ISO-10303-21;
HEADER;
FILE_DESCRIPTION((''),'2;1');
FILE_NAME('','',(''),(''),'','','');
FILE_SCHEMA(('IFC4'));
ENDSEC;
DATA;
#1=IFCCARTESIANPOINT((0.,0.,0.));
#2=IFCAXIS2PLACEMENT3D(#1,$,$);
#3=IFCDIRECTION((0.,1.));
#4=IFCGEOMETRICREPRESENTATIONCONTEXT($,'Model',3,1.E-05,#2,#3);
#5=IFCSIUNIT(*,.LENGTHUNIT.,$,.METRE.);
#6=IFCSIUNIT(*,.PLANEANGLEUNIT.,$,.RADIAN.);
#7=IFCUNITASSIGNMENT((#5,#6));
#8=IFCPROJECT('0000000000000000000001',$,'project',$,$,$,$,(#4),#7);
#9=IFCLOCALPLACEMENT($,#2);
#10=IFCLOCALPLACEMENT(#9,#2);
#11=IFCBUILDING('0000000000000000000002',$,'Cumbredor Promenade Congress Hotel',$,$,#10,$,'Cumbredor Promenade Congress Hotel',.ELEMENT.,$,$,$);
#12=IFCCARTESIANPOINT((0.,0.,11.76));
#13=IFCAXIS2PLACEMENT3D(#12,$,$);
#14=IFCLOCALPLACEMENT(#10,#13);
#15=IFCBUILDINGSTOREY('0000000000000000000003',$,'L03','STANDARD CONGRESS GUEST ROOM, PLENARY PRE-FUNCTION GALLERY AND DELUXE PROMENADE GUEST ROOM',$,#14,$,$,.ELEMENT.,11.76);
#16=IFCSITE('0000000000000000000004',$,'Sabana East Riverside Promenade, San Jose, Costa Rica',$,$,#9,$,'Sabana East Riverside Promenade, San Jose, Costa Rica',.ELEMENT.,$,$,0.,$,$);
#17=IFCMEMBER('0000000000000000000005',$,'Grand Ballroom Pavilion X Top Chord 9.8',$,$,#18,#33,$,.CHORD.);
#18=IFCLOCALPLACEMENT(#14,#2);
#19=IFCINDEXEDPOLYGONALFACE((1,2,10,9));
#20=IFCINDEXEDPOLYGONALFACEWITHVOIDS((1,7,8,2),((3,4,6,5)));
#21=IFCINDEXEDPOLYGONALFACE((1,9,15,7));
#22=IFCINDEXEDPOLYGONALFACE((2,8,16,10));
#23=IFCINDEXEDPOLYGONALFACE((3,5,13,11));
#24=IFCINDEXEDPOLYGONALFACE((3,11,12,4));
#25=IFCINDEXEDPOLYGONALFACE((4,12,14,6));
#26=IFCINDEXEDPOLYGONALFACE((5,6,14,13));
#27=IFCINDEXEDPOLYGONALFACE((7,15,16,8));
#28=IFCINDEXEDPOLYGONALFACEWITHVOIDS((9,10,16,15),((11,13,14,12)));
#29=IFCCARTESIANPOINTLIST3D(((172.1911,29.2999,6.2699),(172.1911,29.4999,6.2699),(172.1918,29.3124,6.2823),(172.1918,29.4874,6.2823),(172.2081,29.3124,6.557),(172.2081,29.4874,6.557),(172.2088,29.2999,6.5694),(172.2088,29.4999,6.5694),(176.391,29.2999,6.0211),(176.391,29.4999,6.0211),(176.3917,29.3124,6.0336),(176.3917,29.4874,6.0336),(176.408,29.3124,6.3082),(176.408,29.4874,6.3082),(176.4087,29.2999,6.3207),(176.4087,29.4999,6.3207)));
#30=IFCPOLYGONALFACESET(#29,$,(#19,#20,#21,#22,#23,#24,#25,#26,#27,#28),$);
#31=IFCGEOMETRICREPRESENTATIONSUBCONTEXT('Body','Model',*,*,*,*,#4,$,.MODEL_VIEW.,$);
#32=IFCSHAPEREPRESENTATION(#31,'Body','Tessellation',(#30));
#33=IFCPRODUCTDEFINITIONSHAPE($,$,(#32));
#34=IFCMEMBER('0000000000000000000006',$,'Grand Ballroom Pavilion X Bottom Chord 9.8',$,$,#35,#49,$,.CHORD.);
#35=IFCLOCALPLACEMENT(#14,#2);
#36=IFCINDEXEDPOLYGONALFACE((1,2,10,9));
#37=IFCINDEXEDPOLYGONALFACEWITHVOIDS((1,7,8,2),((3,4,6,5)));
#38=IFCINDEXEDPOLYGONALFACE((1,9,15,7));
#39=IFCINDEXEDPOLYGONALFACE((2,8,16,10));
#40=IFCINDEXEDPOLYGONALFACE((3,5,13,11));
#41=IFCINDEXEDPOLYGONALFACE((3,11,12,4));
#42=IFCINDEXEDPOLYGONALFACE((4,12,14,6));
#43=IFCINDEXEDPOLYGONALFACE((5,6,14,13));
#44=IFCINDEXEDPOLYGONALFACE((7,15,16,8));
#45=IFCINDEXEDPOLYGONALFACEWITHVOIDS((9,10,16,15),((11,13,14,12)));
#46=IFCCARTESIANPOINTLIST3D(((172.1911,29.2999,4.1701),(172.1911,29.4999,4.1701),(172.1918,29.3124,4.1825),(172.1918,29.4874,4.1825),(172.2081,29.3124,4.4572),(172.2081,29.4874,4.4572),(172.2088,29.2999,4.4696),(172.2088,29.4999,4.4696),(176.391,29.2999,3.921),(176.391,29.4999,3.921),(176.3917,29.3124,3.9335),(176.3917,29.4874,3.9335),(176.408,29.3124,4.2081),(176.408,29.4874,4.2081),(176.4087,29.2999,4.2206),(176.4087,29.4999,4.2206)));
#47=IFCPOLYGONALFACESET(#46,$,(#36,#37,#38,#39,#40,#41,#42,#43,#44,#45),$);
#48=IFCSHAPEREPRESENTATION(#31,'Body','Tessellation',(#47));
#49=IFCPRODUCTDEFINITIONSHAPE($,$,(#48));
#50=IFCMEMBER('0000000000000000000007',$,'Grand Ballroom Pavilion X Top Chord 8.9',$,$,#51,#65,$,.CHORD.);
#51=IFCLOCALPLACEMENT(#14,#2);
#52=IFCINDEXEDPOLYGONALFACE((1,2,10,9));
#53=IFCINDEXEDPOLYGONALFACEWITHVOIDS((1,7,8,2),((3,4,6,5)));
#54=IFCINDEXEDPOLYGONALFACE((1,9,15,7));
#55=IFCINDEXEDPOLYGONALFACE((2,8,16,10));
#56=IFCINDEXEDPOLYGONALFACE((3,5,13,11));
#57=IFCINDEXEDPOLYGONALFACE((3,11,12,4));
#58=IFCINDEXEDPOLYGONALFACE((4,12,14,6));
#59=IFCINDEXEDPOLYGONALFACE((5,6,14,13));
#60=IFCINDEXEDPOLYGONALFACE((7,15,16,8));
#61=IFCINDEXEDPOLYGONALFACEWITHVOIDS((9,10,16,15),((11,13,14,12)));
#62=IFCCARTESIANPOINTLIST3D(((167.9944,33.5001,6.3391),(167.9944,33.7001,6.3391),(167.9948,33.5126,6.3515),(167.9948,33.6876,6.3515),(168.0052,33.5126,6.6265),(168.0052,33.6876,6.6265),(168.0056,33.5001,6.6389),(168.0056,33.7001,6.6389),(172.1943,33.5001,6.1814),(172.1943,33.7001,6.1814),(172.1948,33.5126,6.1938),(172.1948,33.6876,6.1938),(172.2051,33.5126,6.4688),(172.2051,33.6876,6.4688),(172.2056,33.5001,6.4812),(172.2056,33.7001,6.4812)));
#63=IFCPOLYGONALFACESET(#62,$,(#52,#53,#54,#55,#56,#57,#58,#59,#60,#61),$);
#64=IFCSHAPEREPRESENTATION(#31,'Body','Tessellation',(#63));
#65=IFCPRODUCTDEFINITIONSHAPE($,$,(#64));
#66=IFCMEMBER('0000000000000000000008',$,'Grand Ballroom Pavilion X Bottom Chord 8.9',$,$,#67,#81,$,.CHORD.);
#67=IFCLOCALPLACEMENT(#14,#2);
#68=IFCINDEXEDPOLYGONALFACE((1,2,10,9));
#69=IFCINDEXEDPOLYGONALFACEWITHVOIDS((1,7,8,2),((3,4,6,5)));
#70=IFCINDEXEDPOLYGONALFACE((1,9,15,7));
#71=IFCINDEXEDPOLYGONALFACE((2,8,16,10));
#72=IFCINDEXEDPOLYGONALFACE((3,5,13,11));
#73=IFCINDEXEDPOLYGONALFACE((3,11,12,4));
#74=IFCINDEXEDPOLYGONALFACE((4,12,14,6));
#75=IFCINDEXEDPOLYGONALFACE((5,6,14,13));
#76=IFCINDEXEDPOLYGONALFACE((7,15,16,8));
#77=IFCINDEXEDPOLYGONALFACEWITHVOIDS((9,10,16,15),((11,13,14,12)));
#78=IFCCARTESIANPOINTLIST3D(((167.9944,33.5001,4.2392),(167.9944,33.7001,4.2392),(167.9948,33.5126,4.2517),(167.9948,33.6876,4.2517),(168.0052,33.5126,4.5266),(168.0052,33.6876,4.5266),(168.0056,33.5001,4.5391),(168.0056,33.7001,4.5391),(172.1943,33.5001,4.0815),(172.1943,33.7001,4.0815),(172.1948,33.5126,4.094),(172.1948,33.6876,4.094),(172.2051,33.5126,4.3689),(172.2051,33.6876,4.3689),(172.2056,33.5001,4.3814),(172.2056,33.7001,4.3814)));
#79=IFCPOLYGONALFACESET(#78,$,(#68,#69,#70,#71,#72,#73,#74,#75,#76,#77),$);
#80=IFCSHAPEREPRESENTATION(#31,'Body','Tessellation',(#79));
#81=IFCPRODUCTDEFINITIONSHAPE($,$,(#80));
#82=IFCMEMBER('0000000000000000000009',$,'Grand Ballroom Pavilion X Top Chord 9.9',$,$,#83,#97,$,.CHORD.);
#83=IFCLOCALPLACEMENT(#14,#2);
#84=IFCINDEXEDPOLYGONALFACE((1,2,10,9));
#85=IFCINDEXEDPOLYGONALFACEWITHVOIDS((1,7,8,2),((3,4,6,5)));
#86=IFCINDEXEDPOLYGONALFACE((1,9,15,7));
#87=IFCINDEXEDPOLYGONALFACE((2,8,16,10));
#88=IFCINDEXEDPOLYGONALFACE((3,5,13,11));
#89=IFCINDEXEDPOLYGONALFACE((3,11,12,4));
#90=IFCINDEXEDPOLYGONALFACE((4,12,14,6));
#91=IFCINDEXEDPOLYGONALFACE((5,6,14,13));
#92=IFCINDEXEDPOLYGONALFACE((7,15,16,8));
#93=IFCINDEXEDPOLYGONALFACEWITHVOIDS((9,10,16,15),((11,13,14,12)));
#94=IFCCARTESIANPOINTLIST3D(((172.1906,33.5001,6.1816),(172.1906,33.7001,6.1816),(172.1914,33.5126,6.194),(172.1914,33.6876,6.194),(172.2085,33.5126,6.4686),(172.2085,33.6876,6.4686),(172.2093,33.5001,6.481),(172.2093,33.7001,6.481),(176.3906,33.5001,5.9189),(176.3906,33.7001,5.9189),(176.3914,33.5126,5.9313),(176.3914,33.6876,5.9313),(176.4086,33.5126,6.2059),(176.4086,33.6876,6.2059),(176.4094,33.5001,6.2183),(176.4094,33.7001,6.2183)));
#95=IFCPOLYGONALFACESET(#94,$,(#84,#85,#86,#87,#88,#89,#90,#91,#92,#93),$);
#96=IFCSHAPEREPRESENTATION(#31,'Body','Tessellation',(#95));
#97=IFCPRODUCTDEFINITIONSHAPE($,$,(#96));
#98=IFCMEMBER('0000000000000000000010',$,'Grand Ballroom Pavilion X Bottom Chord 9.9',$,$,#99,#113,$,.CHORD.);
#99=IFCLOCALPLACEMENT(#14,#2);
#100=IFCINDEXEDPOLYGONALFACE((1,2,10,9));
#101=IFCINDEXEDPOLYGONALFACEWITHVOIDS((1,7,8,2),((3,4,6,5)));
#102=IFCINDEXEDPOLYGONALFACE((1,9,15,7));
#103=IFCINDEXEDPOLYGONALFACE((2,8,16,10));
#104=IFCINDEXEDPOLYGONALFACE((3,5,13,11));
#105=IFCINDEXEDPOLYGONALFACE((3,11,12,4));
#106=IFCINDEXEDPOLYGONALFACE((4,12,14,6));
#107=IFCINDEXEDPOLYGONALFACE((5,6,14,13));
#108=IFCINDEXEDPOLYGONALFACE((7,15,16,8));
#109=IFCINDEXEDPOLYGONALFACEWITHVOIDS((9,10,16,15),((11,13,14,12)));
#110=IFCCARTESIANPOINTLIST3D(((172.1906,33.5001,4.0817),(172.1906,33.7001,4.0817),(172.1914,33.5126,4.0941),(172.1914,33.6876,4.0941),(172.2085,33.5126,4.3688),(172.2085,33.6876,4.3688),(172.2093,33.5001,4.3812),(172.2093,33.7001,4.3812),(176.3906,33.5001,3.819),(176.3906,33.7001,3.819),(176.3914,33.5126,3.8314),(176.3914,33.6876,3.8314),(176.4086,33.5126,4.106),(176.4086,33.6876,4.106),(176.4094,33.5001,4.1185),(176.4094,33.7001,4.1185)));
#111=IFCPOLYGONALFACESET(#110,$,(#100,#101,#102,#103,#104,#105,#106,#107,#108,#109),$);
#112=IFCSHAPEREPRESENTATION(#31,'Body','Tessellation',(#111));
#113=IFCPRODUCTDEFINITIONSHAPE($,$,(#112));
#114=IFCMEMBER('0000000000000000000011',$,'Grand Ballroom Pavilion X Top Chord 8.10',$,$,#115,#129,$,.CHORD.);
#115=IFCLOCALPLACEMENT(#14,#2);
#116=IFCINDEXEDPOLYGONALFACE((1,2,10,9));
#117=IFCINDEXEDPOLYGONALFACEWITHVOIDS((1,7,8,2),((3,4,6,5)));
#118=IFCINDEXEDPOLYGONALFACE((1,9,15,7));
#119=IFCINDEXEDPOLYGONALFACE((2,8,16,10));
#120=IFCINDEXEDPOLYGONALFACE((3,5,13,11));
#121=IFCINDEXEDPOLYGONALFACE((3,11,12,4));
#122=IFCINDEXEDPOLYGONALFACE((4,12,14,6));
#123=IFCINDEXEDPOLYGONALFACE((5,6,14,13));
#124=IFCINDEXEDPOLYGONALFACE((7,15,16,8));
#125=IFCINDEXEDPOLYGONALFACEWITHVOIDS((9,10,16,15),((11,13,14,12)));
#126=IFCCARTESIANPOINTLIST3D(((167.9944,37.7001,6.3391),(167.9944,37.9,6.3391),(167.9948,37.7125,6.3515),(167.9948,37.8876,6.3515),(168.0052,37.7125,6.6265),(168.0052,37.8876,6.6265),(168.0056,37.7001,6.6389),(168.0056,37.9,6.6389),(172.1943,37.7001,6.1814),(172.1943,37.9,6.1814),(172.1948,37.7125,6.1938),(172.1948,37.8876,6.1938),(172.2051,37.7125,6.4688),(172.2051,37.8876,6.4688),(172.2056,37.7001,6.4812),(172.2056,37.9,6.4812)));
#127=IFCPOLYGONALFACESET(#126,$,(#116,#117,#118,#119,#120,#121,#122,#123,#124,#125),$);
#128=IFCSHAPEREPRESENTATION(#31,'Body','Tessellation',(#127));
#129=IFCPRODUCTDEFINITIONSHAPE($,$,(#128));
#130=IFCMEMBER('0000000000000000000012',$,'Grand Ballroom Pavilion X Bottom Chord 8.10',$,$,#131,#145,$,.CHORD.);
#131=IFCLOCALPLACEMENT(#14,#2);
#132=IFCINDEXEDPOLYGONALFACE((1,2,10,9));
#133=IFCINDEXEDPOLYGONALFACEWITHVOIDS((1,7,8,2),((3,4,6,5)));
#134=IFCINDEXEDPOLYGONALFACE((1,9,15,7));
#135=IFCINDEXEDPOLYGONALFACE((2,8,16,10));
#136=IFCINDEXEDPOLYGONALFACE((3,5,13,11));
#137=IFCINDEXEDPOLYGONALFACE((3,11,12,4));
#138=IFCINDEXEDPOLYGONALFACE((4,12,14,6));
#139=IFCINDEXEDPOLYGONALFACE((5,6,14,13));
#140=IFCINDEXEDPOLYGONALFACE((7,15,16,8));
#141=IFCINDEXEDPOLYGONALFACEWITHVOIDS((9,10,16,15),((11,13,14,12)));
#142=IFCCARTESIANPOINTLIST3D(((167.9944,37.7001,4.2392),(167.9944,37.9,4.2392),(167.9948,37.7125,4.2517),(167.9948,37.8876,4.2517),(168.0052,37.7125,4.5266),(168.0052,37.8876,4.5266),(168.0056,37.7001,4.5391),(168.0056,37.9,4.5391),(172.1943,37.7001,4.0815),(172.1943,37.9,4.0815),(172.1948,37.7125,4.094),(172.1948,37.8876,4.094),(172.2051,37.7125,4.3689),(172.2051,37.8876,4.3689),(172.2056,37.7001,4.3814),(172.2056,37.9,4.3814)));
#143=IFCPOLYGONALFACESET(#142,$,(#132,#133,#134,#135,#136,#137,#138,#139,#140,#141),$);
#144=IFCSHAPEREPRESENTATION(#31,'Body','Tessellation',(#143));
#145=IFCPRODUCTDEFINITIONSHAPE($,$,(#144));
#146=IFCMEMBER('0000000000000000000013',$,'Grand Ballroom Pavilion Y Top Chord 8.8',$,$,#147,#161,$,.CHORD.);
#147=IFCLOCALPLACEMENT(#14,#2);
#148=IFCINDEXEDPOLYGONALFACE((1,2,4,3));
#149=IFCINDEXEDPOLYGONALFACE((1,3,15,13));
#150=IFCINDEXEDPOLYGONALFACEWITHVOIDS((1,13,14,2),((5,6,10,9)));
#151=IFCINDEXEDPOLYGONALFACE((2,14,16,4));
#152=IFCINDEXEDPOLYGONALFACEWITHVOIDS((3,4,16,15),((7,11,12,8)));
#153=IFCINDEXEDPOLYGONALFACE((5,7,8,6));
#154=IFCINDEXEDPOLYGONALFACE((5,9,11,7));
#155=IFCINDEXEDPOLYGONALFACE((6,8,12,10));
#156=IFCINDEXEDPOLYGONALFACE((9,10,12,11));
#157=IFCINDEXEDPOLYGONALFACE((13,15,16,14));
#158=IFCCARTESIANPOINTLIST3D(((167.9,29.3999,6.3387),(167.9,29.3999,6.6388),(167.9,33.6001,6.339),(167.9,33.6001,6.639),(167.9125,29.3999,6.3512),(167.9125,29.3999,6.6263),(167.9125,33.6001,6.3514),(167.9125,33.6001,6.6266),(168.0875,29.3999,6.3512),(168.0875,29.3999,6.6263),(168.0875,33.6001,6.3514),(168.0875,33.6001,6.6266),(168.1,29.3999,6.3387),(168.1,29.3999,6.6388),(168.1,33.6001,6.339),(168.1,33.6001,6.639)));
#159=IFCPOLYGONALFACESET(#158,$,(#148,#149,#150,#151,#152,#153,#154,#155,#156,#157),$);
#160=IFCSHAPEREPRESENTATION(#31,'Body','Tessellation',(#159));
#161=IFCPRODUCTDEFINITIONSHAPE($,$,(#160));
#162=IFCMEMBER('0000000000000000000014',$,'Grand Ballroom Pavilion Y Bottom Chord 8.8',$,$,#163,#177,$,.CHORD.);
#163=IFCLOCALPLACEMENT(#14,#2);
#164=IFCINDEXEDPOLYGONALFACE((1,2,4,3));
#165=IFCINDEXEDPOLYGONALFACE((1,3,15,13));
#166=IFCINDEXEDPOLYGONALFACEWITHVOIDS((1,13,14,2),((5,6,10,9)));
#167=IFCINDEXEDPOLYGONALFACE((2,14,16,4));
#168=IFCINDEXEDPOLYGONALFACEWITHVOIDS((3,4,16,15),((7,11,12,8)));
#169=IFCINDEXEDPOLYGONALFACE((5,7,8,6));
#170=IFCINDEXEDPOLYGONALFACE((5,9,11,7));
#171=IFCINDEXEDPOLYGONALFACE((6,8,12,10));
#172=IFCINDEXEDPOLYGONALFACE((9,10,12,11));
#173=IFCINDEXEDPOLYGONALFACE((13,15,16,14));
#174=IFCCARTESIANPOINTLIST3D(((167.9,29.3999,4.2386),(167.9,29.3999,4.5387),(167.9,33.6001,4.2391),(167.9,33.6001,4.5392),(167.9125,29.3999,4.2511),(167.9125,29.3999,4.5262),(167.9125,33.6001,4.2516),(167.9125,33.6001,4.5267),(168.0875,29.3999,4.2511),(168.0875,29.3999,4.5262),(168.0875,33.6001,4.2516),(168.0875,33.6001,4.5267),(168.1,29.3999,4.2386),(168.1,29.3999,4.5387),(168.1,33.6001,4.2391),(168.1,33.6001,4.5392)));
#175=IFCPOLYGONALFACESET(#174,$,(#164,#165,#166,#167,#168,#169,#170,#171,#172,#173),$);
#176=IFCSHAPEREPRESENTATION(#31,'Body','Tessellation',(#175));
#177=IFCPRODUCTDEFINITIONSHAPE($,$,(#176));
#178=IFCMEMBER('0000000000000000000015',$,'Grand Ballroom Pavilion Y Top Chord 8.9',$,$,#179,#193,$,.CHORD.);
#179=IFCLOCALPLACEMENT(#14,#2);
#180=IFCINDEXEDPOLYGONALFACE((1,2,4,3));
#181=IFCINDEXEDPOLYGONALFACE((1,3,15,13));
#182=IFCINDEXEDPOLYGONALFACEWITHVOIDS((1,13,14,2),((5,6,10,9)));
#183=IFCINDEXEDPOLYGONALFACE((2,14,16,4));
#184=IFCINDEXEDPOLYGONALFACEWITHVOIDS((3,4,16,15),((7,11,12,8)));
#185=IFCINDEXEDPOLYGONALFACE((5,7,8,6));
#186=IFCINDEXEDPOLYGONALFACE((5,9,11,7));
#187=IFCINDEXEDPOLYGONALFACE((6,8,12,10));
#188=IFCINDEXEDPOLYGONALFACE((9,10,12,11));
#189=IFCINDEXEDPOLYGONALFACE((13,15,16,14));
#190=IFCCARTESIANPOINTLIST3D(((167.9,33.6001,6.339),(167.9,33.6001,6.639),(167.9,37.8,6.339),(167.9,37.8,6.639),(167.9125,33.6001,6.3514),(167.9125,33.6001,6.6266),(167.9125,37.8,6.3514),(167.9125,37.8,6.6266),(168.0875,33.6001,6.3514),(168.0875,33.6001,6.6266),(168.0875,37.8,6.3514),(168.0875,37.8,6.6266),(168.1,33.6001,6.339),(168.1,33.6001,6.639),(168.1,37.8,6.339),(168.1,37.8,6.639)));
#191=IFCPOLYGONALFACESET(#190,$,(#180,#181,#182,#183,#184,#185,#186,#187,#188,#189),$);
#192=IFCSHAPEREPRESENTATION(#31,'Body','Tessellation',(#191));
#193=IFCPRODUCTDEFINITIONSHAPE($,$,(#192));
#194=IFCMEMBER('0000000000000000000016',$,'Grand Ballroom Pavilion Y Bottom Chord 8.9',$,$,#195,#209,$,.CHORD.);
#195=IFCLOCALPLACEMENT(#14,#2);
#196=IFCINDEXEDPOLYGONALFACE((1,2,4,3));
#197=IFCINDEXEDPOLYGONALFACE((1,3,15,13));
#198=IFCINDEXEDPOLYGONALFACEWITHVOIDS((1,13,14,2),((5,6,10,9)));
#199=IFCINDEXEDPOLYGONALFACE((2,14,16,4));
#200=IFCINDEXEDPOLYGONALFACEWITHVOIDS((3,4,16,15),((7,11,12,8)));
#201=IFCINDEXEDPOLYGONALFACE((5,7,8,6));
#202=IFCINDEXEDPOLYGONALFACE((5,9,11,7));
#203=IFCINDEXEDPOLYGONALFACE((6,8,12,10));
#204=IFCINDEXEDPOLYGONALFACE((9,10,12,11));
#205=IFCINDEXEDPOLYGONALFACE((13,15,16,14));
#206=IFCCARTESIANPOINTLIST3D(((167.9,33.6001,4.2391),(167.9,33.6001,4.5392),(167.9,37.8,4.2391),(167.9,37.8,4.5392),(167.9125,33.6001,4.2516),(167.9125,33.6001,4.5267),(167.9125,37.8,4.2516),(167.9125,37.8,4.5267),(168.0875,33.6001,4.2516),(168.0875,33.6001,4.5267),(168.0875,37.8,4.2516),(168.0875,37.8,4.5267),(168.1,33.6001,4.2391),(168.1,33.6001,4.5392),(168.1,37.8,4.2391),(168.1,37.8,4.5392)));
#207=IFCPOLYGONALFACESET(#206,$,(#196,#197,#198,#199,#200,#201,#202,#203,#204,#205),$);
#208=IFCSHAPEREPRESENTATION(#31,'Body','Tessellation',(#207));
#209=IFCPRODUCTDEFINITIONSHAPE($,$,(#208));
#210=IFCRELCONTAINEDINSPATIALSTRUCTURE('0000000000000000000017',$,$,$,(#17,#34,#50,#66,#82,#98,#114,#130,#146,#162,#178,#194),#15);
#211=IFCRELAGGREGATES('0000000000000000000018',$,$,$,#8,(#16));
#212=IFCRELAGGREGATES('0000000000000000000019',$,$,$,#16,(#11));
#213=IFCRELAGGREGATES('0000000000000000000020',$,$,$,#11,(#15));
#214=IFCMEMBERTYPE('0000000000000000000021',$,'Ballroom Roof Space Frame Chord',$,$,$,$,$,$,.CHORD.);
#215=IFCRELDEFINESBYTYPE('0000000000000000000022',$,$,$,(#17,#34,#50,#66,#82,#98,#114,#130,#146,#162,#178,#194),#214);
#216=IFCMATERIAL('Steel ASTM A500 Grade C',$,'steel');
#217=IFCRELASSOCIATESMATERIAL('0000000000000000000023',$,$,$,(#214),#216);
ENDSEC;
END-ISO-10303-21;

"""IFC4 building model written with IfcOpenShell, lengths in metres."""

from ifc_helpers import new_model, si_unit, direction, frame, origin, origin_2d, place, context, subcontext, project, spatial, hollow_rectangle, extrude, material, material_profile, profile_set, type_object, element, save


model = new_model("IFC4")

# Units and contexts
model_context = context("Model", 3, precision=1e-05, world=origin(), true_north=direction((0.0, 1.0)))
body_context = subcontext(model_context, "Body", "Model", "MODEL_VIEW")
ifc_project = project(units=[si_unit("LENGTHUNIT", "METRE"), si_unit("PLANEANGLEUNIT", "RADIAN")], contexts=[model_context])

# Site, building, storey
site_placement = place(None, origin())
site = spatial("IfcSite", under=ifc_project, at=site_placement, Name="Sabana East Riverside Promenade, San Jose, Costa Rica", LongName="Sabana East Riverside Promenade, San Jose, Costa Rica", CompositionType="ELEMENT", RefElevation=0.0)
building_placement = place(site_placement, origin())
building = spatial("IfcBuilding", under=site, at=building_placement, Name="Cumbredor Promenade Congress Hotel", LongName="Cumbredor Promenade Congress Hotel", CompositionType="ELEMENT")
storey_placement = place(building_placement, frame((0.0, 0.0, 11.76)))
storey = spatial("IfcBuildingStorey", under=building, at=storey_placement, Name="L03", Description="STANDARD CONGRESS GUEST ROOM, PLENARY PRE-FUNCTION GALLERY AND DELUXE PROMENADE GUEST ROOM", CompositionType="ELEMENT", Elevation=11.76)

# Members
ifc_material_1 = material(Name="Steel ASTM A500 Grade C", Category="steel")
ifc_material_profile_1 = material_profile(ifc_material_1, hollow_rectangle(XDim=0.2, YDim=0.3, WallThickness=0.0125, at=origin_2d()), Name="HSS 300x200x12.5")
ifc_profile_set_1 = profile_set([ifc_material_profile_1], Name="Steel ASTM A500 Grade C")
member_type_1 = type_object("IfcMemberType", Name="Ballroom Roof Space Frame Chord", PredefinedType="CHORD", material=ifc_profile_set_1)
for number, where, z_axis, x_axis, name in (
    (1, (172.2, 29.3999, 6.4197), (0.99825, 0.0, -0.05913), (0.0, 1.0, 0.0), "Grand Ballroom Pavilion X Top Chord 9.8"),
    (2, (172.2, 29.3999, 4.3198), (0.998247, 0.0, -0.059188), (0.0, 1.0, 0.0), "Grand Ballroom Pavilion X Bottom Chord 9.8"),
):
    element("IfcMember", number, at=place(storey_placement, frame(where, z_axis=z_axis, x_axis=x_axis)), inside=storey, type_object=member_type_1, Name=name, PredefinedType="CHORD", context=body_context, shape_type="SweptSolid", body=[
        extrude(hollow_rectangle(XDim=0.2, YDim=0.3, WallThickness=0.0125, at=origin_2d()), origin(), (0.0, 0.0, 1.0), 4.2073),
    ])
for number, where, z_axis, x_axis, name in (
    (3, (168.0, 33.6001, 6.489), (0.999296, 0.0, -0.037525), (0.0, 1.0, 0.0), "Grand Ballroom Pavilion X Top Chord 8.9"),
    (4, (168.0, 33.6001, 4.3892), (0.999296, 0.0, -0.037525), (0.0, 1.0, 0.0), "Grand Ballroom Pavilion X Bottom Chord 8.9"),
):
    element("IfcMember", number, at=place(storey_placement, frame(where, z_axis=z_axis, x_axis=x_axis)), inside=storey, type_object=member_type_1, Name=name, PredefinedType="CHORD", context=body_context, shape_type="SweptSolid", body=[
        extrude(hollow_rectangle(XDim=0.2, YDim=0.3, WallThickness=0.0125, at=origin_2d()), origin(), (0.0, 0.0, 1.0), 4.2029),
    ])
for number, where, z_axis, x_axis, name in (
    (5, (172.2, 33.6001, 6.3313), (0.99805, 0.0, -0.062425), (0.0, 1.0, 0.0), "Grand Ballroom Pavilion X Top Chord 9.9"),
    (6, (172.2, 33.6001, 4.2314), (0.99805, 0.0, -0.062425), (0.0, 1.0, 0.0), "Grand Ballroom Pavilion X Bottom Chord 9.9"),
):
    element("IfcMember", number, at=place(storey_placement, frame(where, z_axis=z_axis, x_axis=x_axis)), inside=storey, type_object=member_type_1, Name=name, PredefinedType="CHORD", context=body_context, shape_type="SweptSolid", body=[
        extrude(hollow_rectangle(XDim=0.2, YDim=0.3, WallThickness=0.0125, at=origin_2d()), origin(), (0.0, 0.0, 1.0), 4.2083),
    ])
for number, where, z_axis, x_axis, name in (
    (7, (168.0, 37.8, 6.489), (0.999296, 0.0, -0.037525), (0.0, 1.0, 0.0), "Grand Ballroom Pavilion X Top Chord 8.10"),
    (8, (168.0, 37.8, 4.3892), (0.999296, 0.0, -0.037525), (0.0, 1.0, 0.0), "Grand Ballroom Pavilion X Bottom Chord 8.10"),
):
    element("IfcMember", number, at=place(storey_placement, frame(where, z_axis=z_axis, x_axis=x_axis)), inside=storey, type_object=member_type_1, Name=name, PredefinedType="CHORD", context=body_context, shape_type="SweptSolid", body=[
        extrude(hollow_rectangle(XDim=0.2, YDim=0.3, WallThickness=0.0125, at=origin_2d()), origin(), (0.0, 0.0, 1.0), 4.2029),
    ])
for number, where, z_axis, x_axis, name in (
    (9, (168.0, 29.3999, 6.4888), (0.0, 1.0, 0.000058), (-1.0, 0.0, 0.0), "Grand Ballroom Pavilion Y Top Chord 8.8"),
    (10, (168.0, 29.3999, 4.3887), (0.0, 1.0, 0.000116), (-1.0, 0.0, 0.0), "Grand Ballroom Pavilion Y Bottom Chord 8.8"),
):
    element("IfcMember", number, at=place(storey_placement, frame(where, z_axis=z_axis, x_axis=x_axis)), inside=storey, type_object=member_type_1, Name=name, PredefinedType="CHORD", context=body_context, shape_type="SweptSolid", body=[
        extrude(hollow_rectangle(XDim=0.2, YDim=0.3, WallThickness=0.0125, at=origin_2d()), origin(), (0.0, 0.0, 1.0), 4.2002),
    ])
for number, where, z_axis, x_axis, name in (
    (11, (168.0, 33.6001, 6.489), (0.0, 1.0, 0.0), (-1.0, 0.0, 0.0), "Grand Ballroom Pavilion Y Top Chord 8.9"),
    (12, (168.0, 33.6001, 4.3892), (0.0, 1.0, 0.0), (-1.0, 0.0, 0.0), "Grand Ballroom Pavilion Y Bottom Chord 8.9"),
):
    element("IfcMember", number, at=place(storey_placement, frame(where, z_axis=z_axis, x_axis=x_axis)), inside=storey, type_object=member_type_1, Name=name, PredefinedType="CHORD", context=body_context, shape_type="SweptSolid", body=[
        extrude(hollow_rectangle(XDim=0.2, YDim=0.3, WallThickness=0.0125, at=origin_2d()), origin(), (0.0, 0.0, 1.0), 4.2),
    ])

save(model, "model.ifc")
